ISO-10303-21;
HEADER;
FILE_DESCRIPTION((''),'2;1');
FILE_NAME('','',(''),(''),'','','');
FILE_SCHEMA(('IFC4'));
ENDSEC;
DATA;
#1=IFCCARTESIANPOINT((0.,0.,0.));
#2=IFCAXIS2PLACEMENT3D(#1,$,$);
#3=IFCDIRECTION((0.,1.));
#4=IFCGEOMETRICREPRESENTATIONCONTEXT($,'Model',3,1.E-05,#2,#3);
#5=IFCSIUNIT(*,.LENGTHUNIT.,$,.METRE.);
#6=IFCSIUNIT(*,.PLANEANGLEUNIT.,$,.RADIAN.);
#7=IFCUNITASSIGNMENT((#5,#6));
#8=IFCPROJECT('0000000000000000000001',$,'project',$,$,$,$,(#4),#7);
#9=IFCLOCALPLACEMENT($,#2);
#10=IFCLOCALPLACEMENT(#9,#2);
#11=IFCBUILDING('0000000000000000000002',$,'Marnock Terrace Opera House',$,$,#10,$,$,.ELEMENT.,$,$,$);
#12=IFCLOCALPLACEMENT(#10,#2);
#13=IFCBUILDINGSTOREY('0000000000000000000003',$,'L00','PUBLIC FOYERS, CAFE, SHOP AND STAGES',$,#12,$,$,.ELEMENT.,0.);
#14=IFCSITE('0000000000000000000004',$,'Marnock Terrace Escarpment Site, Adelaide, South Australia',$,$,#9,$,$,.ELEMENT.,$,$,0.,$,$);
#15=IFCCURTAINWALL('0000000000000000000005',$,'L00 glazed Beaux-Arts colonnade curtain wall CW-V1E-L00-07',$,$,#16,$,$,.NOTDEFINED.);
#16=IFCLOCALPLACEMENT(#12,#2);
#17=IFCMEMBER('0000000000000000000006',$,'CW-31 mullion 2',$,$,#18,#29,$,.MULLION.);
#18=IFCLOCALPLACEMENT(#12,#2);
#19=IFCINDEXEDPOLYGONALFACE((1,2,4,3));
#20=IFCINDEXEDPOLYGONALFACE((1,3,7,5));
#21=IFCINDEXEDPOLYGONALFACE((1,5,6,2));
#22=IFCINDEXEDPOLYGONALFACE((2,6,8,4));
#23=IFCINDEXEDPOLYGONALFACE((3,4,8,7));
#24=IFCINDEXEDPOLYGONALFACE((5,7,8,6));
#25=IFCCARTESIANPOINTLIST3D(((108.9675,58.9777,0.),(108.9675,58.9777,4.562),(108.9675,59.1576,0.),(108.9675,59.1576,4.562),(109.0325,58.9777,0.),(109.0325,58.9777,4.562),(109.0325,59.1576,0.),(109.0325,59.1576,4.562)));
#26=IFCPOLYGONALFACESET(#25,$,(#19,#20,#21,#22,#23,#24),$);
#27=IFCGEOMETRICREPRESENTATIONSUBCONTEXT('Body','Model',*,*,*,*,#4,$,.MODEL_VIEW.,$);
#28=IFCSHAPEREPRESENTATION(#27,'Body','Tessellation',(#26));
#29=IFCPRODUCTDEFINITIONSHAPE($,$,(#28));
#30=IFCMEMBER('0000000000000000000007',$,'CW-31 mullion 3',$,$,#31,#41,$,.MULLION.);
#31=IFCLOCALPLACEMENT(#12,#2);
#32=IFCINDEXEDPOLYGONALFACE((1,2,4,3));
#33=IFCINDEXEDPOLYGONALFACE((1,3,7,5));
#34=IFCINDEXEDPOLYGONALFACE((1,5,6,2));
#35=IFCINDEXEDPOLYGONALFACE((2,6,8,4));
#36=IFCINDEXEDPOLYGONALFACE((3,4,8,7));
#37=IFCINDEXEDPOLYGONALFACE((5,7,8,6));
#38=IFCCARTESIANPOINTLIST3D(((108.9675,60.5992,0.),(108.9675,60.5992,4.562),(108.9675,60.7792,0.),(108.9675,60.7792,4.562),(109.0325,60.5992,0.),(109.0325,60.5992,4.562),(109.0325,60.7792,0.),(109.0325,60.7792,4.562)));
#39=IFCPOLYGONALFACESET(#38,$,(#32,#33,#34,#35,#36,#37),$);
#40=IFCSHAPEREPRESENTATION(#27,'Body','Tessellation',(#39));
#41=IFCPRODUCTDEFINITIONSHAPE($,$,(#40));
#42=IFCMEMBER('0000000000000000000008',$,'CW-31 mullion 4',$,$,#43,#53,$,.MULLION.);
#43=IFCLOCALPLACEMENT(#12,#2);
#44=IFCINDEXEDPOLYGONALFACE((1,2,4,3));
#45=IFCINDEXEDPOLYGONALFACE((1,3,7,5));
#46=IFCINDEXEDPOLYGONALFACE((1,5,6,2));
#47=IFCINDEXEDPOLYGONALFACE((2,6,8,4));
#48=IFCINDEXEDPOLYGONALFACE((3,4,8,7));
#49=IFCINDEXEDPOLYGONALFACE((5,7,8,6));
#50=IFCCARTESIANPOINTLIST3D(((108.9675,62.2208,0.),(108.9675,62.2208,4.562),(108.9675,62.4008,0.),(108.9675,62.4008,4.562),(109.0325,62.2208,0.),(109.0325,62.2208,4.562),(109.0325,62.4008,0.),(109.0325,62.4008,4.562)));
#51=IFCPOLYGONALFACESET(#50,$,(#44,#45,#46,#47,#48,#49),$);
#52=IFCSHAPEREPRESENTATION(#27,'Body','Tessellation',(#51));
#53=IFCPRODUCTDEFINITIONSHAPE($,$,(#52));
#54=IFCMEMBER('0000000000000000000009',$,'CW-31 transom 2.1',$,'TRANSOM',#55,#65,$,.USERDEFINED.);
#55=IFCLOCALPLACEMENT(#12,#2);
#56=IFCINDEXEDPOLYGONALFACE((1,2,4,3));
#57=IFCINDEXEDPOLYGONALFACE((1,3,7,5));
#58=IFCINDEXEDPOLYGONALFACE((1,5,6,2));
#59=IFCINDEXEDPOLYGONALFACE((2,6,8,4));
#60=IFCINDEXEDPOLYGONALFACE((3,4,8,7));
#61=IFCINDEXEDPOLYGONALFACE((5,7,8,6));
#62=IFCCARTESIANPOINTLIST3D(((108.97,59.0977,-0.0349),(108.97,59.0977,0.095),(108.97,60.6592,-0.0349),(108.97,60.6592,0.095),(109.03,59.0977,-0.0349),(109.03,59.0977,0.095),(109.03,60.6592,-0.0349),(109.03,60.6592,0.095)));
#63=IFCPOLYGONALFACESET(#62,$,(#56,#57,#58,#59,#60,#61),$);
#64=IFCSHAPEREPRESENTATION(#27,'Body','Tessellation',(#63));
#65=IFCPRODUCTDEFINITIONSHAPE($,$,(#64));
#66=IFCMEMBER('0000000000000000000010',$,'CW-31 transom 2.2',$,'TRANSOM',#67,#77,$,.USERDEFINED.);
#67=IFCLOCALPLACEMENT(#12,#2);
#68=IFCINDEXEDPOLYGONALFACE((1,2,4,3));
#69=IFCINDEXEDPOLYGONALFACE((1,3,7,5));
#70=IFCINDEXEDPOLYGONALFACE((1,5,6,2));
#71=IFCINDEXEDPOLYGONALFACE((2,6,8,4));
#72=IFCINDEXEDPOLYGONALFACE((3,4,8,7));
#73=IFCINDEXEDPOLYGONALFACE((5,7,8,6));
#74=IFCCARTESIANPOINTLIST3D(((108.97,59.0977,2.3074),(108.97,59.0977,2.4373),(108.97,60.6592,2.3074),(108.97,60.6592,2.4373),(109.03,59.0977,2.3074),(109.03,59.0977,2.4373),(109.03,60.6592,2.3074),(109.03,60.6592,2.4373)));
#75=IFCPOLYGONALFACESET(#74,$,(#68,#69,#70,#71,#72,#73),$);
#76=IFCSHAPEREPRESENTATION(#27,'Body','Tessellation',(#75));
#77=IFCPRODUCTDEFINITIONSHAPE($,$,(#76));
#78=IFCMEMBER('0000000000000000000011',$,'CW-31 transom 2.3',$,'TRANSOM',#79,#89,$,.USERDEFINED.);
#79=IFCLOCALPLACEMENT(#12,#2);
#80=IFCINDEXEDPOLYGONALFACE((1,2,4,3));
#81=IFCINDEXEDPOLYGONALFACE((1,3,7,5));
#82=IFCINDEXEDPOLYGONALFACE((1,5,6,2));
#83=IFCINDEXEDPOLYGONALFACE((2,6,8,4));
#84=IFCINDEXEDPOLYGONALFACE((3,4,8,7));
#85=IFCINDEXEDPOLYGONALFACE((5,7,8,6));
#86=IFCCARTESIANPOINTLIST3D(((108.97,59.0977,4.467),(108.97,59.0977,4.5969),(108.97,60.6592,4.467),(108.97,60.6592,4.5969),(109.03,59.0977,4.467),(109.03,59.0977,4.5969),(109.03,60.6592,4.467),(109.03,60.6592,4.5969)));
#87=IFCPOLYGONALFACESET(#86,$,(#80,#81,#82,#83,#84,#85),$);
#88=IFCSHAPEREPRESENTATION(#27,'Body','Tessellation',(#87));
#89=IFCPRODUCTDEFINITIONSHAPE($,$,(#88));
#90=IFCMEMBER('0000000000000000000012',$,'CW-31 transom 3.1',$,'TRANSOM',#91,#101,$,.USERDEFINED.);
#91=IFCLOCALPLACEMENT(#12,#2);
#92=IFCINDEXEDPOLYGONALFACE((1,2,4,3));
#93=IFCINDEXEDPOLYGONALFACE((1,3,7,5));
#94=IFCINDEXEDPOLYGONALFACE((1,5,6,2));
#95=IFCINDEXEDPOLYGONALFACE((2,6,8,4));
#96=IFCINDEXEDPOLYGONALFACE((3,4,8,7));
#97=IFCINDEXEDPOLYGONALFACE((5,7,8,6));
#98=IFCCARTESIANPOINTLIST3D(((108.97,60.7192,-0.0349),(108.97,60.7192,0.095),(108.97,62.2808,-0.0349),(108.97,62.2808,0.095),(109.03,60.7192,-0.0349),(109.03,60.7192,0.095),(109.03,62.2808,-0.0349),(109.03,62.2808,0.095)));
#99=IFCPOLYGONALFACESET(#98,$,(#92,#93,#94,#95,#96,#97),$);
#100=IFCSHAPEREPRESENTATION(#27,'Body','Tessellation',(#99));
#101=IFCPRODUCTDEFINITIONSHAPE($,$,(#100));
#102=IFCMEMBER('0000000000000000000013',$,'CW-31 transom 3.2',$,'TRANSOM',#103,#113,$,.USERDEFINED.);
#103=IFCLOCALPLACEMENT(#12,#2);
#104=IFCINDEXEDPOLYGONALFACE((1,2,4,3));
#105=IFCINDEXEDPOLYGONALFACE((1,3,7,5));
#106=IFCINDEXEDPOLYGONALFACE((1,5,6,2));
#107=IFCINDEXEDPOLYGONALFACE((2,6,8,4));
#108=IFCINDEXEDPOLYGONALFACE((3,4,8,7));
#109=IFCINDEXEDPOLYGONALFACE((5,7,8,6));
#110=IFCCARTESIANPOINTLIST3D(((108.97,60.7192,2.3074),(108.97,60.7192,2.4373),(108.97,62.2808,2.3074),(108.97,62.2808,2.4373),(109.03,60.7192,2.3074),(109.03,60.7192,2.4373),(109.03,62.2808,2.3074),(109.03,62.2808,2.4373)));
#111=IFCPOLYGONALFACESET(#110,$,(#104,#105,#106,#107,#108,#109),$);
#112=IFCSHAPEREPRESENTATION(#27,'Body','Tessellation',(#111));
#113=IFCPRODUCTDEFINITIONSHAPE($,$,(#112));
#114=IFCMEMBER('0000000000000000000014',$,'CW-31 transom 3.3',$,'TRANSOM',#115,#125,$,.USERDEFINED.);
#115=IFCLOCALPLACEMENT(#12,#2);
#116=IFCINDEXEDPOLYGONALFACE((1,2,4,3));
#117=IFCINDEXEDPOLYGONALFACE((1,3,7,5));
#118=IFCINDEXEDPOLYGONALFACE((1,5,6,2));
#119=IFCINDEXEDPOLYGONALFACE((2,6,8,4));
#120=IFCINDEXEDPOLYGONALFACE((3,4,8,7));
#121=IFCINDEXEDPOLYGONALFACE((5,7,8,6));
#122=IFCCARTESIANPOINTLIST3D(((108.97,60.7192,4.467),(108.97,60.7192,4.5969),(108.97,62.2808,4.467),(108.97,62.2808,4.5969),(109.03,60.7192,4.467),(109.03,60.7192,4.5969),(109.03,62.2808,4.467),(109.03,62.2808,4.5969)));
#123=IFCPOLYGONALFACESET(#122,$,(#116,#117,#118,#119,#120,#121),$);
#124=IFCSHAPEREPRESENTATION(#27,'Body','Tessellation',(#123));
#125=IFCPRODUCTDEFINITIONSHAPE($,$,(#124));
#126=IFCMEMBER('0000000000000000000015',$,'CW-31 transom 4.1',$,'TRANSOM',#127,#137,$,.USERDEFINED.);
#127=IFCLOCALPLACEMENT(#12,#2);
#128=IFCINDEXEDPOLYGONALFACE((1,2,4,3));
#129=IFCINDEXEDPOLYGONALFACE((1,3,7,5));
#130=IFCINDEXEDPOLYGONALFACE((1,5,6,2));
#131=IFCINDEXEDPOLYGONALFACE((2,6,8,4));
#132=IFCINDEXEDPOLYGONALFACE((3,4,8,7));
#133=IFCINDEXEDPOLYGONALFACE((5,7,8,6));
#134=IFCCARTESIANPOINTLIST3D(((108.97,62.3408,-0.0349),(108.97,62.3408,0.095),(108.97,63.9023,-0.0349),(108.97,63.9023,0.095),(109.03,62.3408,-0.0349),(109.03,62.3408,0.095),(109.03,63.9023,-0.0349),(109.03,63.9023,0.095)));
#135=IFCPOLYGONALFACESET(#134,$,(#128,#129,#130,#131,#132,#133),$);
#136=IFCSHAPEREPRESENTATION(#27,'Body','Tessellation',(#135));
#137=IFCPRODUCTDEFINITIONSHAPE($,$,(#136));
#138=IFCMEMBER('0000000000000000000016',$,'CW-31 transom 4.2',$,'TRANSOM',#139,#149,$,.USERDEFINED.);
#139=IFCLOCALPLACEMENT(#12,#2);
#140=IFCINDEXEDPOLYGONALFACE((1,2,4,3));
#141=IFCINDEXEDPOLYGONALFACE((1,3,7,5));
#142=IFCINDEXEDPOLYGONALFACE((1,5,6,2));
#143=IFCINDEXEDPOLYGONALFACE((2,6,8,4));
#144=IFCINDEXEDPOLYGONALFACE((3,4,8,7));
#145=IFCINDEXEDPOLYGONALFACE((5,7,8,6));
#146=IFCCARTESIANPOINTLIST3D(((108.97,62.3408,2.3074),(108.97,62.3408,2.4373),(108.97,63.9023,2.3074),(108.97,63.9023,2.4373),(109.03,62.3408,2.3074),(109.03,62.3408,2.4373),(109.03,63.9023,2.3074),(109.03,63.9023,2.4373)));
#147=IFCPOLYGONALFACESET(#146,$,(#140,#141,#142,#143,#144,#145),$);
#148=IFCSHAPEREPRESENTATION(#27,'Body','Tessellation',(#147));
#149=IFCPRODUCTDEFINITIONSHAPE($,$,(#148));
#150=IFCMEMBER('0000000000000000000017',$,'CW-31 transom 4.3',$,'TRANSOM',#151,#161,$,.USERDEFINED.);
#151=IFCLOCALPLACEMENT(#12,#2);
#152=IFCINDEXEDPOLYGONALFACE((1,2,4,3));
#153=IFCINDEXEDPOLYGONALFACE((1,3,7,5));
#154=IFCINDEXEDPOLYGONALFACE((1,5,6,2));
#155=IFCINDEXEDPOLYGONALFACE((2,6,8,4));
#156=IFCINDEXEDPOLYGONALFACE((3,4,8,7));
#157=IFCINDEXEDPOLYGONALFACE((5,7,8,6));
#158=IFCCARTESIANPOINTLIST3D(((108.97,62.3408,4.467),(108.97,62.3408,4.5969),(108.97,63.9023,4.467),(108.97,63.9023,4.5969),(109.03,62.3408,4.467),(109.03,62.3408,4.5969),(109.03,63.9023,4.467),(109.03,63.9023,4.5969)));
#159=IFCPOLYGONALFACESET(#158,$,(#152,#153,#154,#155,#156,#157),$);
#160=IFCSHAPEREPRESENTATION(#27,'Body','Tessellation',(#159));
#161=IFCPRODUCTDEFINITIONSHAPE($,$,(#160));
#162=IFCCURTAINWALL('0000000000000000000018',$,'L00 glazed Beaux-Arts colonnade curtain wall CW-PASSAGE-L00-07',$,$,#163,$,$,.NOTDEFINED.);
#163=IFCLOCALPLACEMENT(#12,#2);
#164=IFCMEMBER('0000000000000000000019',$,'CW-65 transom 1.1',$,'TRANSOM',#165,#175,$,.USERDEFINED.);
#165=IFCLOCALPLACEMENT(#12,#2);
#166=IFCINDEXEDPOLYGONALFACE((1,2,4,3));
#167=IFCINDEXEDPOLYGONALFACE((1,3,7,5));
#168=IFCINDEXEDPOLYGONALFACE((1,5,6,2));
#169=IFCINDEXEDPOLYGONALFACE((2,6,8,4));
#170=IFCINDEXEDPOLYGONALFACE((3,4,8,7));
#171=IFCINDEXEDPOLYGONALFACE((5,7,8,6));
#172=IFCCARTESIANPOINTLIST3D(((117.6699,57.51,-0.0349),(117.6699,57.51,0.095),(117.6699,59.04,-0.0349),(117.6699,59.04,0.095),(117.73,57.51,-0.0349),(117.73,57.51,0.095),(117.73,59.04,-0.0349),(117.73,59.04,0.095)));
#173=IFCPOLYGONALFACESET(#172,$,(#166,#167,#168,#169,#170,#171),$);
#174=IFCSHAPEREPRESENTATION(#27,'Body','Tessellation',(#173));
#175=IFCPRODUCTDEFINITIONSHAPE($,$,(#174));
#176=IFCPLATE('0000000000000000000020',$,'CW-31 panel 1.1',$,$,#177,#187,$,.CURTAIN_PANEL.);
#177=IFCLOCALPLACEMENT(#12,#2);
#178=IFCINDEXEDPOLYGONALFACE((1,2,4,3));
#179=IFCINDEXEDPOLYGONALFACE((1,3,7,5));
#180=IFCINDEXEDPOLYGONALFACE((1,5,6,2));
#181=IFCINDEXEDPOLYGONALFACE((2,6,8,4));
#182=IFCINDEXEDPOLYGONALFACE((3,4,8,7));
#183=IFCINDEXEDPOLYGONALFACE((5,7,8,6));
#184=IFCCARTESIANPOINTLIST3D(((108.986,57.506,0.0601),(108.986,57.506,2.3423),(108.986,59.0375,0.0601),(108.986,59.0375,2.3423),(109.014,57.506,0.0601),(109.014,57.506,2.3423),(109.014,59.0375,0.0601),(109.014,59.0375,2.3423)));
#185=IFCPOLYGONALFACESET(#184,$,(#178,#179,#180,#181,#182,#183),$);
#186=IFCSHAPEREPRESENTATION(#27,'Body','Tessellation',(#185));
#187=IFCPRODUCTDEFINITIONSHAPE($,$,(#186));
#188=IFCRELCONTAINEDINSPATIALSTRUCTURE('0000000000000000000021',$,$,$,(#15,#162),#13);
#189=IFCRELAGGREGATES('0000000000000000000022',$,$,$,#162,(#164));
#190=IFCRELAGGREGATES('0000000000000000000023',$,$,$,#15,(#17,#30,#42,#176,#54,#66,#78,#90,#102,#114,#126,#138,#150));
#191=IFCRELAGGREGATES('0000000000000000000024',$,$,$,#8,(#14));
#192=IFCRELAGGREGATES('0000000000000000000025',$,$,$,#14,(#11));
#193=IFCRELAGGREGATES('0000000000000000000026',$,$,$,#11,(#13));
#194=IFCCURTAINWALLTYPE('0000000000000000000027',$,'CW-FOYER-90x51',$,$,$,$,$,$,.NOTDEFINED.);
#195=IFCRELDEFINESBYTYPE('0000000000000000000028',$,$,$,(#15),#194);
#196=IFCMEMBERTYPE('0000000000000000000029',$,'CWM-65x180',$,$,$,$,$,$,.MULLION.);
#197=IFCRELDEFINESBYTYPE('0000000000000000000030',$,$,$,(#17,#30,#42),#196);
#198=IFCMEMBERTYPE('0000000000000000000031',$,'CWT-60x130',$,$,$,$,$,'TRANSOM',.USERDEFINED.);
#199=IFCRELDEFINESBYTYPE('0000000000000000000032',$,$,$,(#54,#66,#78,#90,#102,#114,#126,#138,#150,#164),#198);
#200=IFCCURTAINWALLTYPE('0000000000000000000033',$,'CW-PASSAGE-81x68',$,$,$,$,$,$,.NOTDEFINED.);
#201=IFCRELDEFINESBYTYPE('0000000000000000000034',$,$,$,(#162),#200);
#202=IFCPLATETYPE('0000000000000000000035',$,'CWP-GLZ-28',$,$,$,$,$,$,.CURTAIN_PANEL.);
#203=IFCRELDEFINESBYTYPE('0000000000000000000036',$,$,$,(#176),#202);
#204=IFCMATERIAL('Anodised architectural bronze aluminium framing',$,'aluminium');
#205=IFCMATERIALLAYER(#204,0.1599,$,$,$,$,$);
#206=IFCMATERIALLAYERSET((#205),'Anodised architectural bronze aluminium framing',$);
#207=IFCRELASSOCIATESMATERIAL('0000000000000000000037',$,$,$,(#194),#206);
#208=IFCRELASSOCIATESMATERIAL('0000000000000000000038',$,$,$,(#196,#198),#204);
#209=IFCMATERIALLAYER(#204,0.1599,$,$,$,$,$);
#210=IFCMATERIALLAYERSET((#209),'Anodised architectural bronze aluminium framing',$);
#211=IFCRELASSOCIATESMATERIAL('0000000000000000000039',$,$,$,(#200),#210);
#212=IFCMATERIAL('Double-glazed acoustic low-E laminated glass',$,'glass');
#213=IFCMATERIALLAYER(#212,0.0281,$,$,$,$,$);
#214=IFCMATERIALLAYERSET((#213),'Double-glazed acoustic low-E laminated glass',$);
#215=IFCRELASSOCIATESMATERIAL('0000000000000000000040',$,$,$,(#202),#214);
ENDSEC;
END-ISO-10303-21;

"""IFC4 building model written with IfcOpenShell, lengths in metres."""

from ifc_helpers import new_model, si_unit, direction, frame, origin, origin_2d, place, context, subcontext, project, spatial, rectangle, extrude, material, layer, layer_set, material_profile, profile_set, type_object, element, aggregate, save


model = new_model("IFC4")

# Units and contexts
model_context = context("Model", 3, precision=1e-05, world=origin(), true_north=direction((0.0, 1.0)))
body_context = subcontext(model_context, "Body", "Model", "MODEL_VIEW")
ifc_project = project(units=[si_unit("LENGTHUNIT", "METRE"), si_unit("PLANEANGLEUNIT", "RADIAN")], contexts=[model_context])

# Site, building, storey
site_placement = place(None, origin())
site = spatial("IfcSite", under=ifc_project, at=site_placement, Name="Marnock Terrace Escarpment Site, Adelaide, South Australia", CompositionType="ELEMENT", RefElevation=0.0)
building_placement = place(site_placement, origin())
building = spatial("IfcBuilding", under=site, at=building_placement, Name="Marnock Terrace Opera House", CompositionType="ELEMENT")
storey_placement = place(building_placement, origin())
storey = spatial("IfcBuildingStorey", under=building, at=storey_placement, Name="L00", Description="PUBLIC FOYERS, CAFE, SHOP AND STAGES", CompositionType="ELEMENT", Elevation=0.0)

# Curtain wall, members
ifc_material_1 = material(Name="Anodised architectural bronze aluminium framing", Category="aluminium")
ifc_layer_1 = layer(ifc_material_1, 0.1599)
ifc_layer_set_1 = layer_set([ifc_layer_1], Name="Anodised architectural bronze aluminium framing")
curtain_wall_type_1 = type_object("IfcCurtainWallType", Name="CW-FOYER-90x51", PredefinedType="NOTDEFINED", material=ifc_layer_set_1)
curtain_wall_1_placement = place(storey_placement, origin())
curtain_wall_1 = element("IfcCurtainWall", 1, at=curtain_wall_1_placement, inside=storey, type_object=curtain_wall_type_1, Name="L00 glazed Beaux-Arts colonnade curtain wall CW-V1E-L00-07", PredefinedType="NOTDEFINED")
ifc_material_profile_1 = material_profile(ifc_material_1, rectangle(XDim=0.0649, YDim=0.1799, at=origin_2d()))
ifc_profile_set_1 = profile_set([ifc_material_profile_1], Name="Anodised architectural bronze aluminium framing")
member_type_1 = type_object("IfcMemberType", Name="CWM-65x180", PredefinedType="MULLION", material=ifc_profile_set_1)
member_1_placement = place(storey_placement, frame((109.0, 59.0676, 0.0), z_axis=(0.0, 0.0, 1.0), x_axis=(-1.0, 0.0, 0.0)))
member_1 = element("IfcMember", 2, at=member_1_placement, type_object=member_type_1, Name="CW-31 mullion 2", PredefinedType="MULLION", context=body_context, shape_type="SweptSolid", body=[
    extrude(rectangle(XDim=0.0649, YDim=0.1799, at=origin_2d()), origin(), (0.0, 0.0, 1.0), 4.562),
])
member_2_placement = place(storey_placement, frame((109.0, 60.6892, 0.0), z_axis=(0.0, 0.0, 1.0), x_axis=(-1.0, 0.0, 0.0)))
member_2 = element("IfcMember", 3, at=member_2_placement, type_object=member_type_1, Name="CW-31 mullion 3", PredefinedType="MULLION", context=body_context, shape_type="SweptSolid", body=[
    extrude(rectangle(XDim=0.0649, YDim=0.1799, at=origin_2d()), origin(), (0.0, 0.0, 1.0), 4.562),
])
member_3_placement = place(storey_placement, frame((109.0, 62.3108, 0.0), z_axis=(0.0, 0.0, 1.0), x_axis=(-1.0, 0.0, 0.0)))
member_3 = element("IfcMember", 4, at=member_3_placement, type_object=member_type_1, Name="CW-31 mullion 4", PredefinedType="MULLION", context=body_context, shape_type="SweptSolid", body=[
    extrude(rectangle(XDim=0.0649, YDim=0.1799, at=origin_2d()), origin(), (0.0, 0.0, 1.0), 4.562),
])
ifc_material_profile_2 = material_profile(ifc_material_1, rectangle(XDim=0.0601, YDim=0.1299, at=origin_2d()))
ifc_profile_set_2 = profile_set([ifc_material_profile_2], Name="Anodised architectural bronze aluminium framing")
member_type_2 = type_object("IfcMemberType", Name="CWT-60x130", ElementType="TRANSOM", PredefinedType="USERDEFINED", material=ifc_profile_set_2)
member_4_placement = place(storey_placement, frame((109.0, 59.0977, 0.03), z_axis=(0.0, 1.0, 0.0), x_axis=(-1.0, 0.0, 0.0)))
member_4 = element("IfcMember", 5, at=member_4_placement, type_object=member_type_2, Name="CW-31 transom 2.1", ObjectType="TRANSOM", PredefinedType="USERDEFINED", context=body_context, shape_type="SweptSolid", body=[
    extrude(rectangle(XDim=0.0601, YDim=0.1299, at=origin_2d()), origin(), (0.0, 0.0, 1.0), 1.5615),
])
member_5_placement = place(storey_placement, frame((109.0, 59.0977, 2.3723), z_axis=(0.0, 1.0, 0.0), x_axis=(-1.0, 0.0, 0.0)))
member_5 = element("IfcMember", 6, at=member_5_placement, type_object=member_type_2, Name="CW-31 transom 2.2", ObjectType="TRANSOM", PredefinedType="USERDEFINED", context=body_context, shape_type="SweptSolid", body=[
    extrude(rectangle(XDim=0.0601, YDim=0.1299, at=origin_2d()), origin(), (0.0, 0.0, 1.0), 1.5615),
])
member_6_placement = place(storey_placement, frame((109.0, 59.0977, 4.532), z_axis=(0.0, 1.0, 0.0), x_axis=(-1.0, 0.0, 0.0)))
member_6 = element("IfcMember", 7, at=member_6_placement, type_object=member_type_2, Name="CW-31 transom 2.3", ObjectType="TRANSOM", PredefinedType="USERDEFINED", context=body_context, shape_type="SweptSolid", body=[
    extrude(rectangle(XDim=0.0601, YDim=0.1299, at=origin_2d()), origin(), (0.0, 0.0, 1.0), 1.5615),
])
member_7_placement = place(storey_placement, frame((109.0, 60.7192, 0.03), z_axis=(0.0, 1.0, 0.0), x_axis=(-1.0, 0.0, 0.0)))
member_7 = element("IfcMember", 8, at=member_7_placement, type_object=member_type_2, Name="CW-31 transom 3.1", ObjectType="TRANSOM", PredefinedType="USERDEFINED", context=body_context, shape_type="SweptSolid", body=[
    extrude(rectangle(XDim=0.0601, YDim=0.1299, at=origin_2d()), origin(), (0.0, 0.0, 1.0), 1.5615),
])
member_8_placement = place(storey_placement, frame((109.0, 60.7192, 2.3723), z_axis=(0.0, 1.0, 0.0), x_axis=(-1.0, 0.0, 0.0)))
member_8 = element("IfcMember", 9, at=member_8_placement, type_object=member_type_2, Name="CW-31 transom 3.2", ObjectType="TRANSOM", PredefinedType="USERDEFINED", context=body_context, shape_type="SweptSolid", body=[
    extrude(rectangle(XDim=0.0601, YDim=0.1299, at=origin_2d()), origin(), (0.0, 0.0, 1.0), 1.5615),
])
member_9_placement = place(storey_placement, frame((109.0, 60.7192, 4.532), z_axis=(0.0, 1.0, 0.0), x_axis=(-1.0, 0.0, 0.0)))
member_9 = element("IfcMember", 10, at=member_9_placement, type_object=member_type_2, Name="CW-31 transom 3.3", ObjectType="TRANSOM", PredefinedType="USERDEFINED", context=body_context, shape_type="SweptSolid", body=[
    extrude(rectangle(XDim=0.0601, YDim=0.1299, at=origin_2d()), origin(), (0.0, 0.0, 1.0), 1.5615),
])
member_10_placement = place(storey_placement, frame((109.0, 62.3408, 0.03), z_axis=(0.0, 1.0, 0.0), x_axis=(-1.0, 0.0, 0.0)))
member_10 = element("IfcMember", 11, at=member_10_placement, type_object=member_type_2, Name="CW-31 transom 4.1", ObjectType="TRANSOM", PredefinedType="USERDEFINED", context=body_context, shape_type="SweptSolid", body=[
    extrude(rectangle(XDim=0.0601, YDim=0.1299, at=origin_2d()), origin(), (0.0, 0.0, 1.0), 1.5615),
])
member_11_placement = place(storey_placement, frame((109.0, 62.3408, 2.3723), z_axis=(0.0, 1.0, 0.0), x_axis=(-1.0, 0.0, 0.0)))
member_11 = element("IfcMember", 12, at=member_11_placement, type_object=member_type_2, Name="CW-31 transom 4.2", ObjectType="TRANSOM", PredefinedType="USERDEFINED", context=body_context, shape_type="SweptSolid", body=[
    extrude(rectangle(XDim=0.0601, YDim=0.1299, at=origin_2d()), origin(), (0.0, 0.0, 1.0), 1.5615),
])
member_12_placement = place(storey_placement, frame((109.0, 62.3408, 4.532), z_axis=(0.0, 1.0, 0.0), x_axis=(-1.0, 0.0, 0.0)))
member_12 = element("IfcMember", 13, at=member_12_placement, type_object=member_type_2, Name="CW-31 transom 4.3", ObjectType="TRANSOM", PredefinedType="USERDEFINED", context=body_context, shape_type="SweptSolid", body=[
    extrude(rectangle(XDim=0.0601, YDim=0.1299, at=origin_2d()), origin(), (0.0, 0.0, 1.0), 1.5615),
])

# Curtain wall, member
ifc_layer_2 = layer(ifc_material_1, 0.1599)
ifc_layer_set_2 = layer_set([ifc_layer_2], Name="Anodised architectural bronze aluminium framing")
curtain_wall_type_2 = type_object("IfcCurtainWallType", Name="CW-PASSAGE-81x68", PredefinedType="NOTDEFINED", material=ifc_layer_set_2)
curtain_wall_2_placement = place(storey_placement, origin())
curtain_wall_2 = element("IfcCurtainWall", 14, at=curtain_wall_2_placement, inside=storey, type_object=curtain_wall_type_2, Name="L00 glazed Beaux-Arts colonnade curtain wall CW-PASSAGE-L00-07", PredefinedType="NOTDEFINED")
member_13_placement = place(storey_placement, frame((117.7, 57.51, 0.03), z_axis=(0.0, 1.0, 0.0), x_axis=(-1.0, 0.0, 0.0)))
member_13 = element("IfcMember", 15, at=member_13_placement, type_object=member_type_2, Name="CW-65 transom 1.1", ObjectType="TRANSOM", PredefinedType="USERDEFINED", context=body_context, shape_type="SweptSolid", body=[
    extrude(rectangle(XDim=0.0601, YDim=0.1299, at=origin_2d()), origin(), (0.0, 0.0, 1.0), 1.53),
])
aggregate(curtain_wall_2, [member_13])

# Plate
ifc_material_2 = material(Name="Double-glazed acoustic low-E laminated glass", Category="glass")
ifc_layer_3 = layer(ifc_material_2, 0.0281)
ifc_layer_set_3 = layer_set([ifc_layer_3], Name="Double-glazed acoustic low-E laminated glass")
plate_type = type_object("IfcPlateType", Name="CWP-GLZ-28", PredefinedType="CURTAIN_PANEL", material=ifc_layer_set_3)
plate_1_placement = place(storey_placement, frame((109.0, 58.2717, 0.0601), z_axis=(0.0, 0.0, 1.0), x_axis=(0.0, 1.0, 0.0)))
plate_1 = element("IfcPlate", 16, at=plate_1_placement, type_object=plate_type, Name="CW-31 panel 1.1", PredefinedType="CURTAIN_PANEL", context=body_context, shape_type="SweptSolid", body=[
    extrude(rectangle(XDim=1.5315, YDim=0.0281, at=origin_2d()), origin(), (0.0, 0.0, 1.0), 2.2822),
])
aggregate(curtain_wall_1, [member_1, member_2, member_3, plate_1, member_4, member_5, member_6, member_7, member_8, member_9, member_10, member_11, member_12])

save(model, "model.ifc")
